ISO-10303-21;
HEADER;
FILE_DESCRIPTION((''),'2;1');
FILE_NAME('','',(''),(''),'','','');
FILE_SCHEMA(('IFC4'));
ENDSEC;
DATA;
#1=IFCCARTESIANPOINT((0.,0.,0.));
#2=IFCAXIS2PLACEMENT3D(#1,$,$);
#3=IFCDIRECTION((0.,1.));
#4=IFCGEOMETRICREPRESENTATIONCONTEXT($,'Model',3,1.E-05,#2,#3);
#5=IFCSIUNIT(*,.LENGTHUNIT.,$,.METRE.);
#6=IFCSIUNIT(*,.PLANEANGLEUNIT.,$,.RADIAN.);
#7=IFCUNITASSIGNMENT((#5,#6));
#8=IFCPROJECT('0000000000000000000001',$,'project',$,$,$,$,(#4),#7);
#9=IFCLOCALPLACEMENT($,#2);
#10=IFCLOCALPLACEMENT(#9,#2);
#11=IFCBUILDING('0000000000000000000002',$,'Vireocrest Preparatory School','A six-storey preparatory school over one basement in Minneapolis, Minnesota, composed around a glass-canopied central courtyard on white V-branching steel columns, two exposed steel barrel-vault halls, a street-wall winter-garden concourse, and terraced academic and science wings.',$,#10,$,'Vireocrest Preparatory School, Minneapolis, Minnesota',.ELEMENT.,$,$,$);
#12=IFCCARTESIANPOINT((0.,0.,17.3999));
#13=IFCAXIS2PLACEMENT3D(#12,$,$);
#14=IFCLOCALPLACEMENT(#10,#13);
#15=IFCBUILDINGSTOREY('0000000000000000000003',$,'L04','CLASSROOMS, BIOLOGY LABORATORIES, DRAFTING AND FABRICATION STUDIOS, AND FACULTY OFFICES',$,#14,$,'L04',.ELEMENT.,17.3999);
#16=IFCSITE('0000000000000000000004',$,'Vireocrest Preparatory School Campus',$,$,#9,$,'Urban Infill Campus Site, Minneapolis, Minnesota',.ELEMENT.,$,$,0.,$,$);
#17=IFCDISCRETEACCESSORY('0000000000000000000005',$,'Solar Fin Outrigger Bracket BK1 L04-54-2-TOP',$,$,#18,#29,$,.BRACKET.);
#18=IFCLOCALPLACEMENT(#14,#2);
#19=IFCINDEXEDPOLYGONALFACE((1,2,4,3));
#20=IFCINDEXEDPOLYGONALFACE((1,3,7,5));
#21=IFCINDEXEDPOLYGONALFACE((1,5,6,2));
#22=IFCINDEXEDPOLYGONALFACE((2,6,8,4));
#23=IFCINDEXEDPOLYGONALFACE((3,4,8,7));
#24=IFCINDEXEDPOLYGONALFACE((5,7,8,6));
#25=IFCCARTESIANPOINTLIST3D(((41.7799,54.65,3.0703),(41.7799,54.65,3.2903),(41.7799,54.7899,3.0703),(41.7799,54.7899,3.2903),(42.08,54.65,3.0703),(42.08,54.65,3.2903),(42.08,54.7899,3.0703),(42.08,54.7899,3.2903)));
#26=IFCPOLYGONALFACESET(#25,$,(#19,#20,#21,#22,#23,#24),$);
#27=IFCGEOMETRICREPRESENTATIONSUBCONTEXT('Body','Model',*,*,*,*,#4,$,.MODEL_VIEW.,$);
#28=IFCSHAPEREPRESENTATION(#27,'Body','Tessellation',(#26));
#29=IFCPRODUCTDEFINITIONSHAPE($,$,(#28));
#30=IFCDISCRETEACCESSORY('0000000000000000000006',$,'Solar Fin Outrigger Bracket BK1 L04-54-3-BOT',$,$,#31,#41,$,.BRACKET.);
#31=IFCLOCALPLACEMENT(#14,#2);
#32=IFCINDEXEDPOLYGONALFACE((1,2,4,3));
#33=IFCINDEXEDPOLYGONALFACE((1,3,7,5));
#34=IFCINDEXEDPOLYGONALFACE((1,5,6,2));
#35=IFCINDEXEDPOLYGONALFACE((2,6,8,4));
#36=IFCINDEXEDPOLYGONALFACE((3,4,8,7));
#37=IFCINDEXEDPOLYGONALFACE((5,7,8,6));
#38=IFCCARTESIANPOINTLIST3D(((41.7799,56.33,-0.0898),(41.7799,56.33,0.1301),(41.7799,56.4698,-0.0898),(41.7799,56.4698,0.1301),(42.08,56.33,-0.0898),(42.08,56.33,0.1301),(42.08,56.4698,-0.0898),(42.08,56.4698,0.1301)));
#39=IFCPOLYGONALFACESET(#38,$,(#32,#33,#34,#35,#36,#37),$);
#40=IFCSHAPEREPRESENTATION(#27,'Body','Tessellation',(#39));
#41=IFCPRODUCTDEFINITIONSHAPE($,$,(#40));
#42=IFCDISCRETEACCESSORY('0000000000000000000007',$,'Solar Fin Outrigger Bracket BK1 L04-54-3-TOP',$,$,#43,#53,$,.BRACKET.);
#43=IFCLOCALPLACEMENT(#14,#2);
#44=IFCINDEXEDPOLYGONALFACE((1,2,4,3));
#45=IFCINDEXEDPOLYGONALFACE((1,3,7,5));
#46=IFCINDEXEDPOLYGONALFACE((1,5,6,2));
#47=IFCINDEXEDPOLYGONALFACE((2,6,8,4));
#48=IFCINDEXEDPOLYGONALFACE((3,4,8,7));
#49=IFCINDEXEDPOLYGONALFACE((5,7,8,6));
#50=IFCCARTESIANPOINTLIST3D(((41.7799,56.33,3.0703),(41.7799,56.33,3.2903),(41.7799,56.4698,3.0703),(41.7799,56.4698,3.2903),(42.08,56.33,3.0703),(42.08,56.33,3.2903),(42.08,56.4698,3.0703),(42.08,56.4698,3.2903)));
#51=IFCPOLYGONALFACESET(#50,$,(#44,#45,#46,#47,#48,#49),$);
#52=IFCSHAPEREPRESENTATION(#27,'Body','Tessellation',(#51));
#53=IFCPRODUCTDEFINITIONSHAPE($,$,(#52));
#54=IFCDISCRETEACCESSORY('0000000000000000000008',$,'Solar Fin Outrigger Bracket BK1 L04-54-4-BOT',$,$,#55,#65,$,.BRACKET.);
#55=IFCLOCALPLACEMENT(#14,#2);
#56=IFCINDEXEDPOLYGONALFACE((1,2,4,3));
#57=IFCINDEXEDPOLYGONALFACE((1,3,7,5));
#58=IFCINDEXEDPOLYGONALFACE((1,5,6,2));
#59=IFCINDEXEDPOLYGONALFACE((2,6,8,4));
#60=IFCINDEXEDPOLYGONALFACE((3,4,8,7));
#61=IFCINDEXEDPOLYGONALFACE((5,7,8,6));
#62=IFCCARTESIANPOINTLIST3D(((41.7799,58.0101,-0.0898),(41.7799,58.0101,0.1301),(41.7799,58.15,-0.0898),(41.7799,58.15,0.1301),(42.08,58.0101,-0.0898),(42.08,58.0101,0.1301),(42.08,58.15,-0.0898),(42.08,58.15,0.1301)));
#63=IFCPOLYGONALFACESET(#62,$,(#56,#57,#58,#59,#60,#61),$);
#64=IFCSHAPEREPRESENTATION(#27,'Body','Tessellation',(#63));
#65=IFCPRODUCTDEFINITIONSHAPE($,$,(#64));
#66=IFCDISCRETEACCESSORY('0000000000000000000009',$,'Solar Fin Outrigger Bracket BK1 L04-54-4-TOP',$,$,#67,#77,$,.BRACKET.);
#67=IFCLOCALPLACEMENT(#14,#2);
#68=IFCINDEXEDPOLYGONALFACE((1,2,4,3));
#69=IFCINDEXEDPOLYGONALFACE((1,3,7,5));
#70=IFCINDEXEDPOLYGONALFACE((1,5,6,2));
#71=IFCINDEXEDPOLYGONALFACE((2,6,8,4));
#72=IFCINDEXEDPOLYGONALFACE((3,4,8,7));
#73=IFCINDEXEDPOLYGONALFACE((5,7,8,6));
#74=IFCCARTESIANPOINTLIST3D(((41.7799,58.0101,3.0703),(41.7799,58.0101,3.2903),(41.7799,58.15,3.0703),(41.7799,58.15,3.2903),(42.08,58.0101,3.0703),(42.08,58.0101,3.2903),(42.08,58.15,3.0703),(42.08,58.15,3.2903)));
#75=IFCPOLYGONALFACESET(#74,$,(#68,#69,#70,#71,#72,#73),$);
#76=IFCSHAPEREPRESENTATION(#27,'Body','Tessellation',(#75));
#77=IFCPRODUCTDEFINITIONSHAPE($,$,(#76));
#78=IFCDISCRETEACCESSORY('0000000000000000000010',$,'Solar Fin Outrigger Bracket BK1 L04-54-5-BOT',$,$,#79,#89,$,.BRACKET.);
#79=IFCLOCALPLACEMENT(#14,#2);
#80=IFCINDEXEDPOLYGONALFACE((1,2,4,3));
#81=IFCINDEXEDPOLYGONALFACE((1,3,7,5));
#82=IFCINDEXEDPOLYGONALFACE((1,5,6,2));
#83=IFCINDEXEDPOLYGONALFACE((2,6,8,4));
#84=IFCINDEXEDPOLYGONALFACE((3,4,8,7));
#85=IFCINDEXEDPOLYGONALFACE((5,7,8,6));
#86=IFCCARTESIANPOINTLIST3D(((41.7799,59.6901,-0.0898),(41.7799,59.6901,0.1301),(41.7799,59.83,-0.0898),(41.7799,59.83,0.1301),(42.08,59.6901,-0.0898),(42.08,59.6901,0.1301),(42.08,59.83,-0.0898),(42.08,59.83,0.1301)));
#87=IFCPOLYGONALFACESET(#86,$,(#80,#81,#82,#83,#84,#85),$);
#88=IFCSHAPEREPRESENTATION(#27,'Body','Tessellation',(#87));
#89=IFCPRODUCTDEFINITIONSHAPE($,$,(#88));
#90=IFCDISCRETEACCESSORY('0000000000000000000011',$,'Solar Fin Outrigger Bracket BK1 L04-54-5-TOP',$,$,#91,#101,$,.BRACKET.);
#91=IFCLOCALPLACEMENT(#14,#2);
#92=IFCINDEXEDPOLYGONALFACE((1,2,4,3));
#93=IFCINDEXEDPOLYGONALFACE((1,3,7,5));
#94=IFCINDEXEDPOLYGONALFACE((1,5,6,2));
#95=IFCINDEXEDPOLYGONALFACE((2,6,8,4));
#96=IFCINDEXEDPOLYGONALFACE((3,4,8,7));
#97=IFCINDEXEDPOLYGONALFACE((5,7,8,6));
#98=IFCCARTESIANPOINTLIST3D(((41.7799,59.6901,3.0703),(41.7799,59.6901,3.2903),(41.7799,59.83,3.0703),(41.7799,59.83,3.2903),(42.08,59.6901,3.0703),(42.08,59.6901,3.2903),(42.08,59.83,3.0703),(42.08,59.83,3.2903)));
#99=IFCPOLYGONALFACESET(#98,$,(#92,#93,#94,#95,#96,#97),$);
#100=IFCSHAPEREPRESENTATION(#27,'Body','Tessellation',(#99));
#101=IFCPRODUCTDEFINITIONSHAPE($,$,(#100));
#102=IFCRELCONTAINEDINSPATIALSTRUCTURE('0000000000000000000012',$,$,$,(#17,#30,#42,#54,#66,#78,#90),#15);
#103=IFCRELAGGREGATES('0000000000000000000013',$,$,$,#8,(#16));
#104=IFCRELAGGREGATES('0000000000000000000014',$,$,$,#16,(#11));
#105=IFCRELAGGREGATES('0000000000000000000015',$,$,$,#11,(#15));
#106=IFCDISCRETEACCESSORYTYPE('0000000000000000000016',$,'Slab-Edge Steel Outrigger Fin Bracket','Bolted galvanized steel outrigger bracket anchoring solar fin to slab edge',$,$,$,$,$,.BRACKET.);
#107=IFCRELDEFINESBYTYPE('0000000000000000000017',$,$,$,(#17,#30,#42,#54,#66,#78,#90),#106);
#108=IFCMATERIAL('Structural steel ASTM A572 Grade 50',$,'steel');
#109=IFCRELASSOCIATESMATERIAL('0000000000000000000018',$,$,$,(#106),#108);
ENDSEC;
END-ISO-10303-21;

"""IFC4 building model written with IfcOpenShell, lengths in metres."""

from ifc_helpers import new_model, si_unit, direction, frame, origin, origin_2d, place, context, subcontext, project, spatial, rectangle, extrude, material, type_object, element, save


model = new_model("IFC4")

# Units and contexts
model_context = context("Model", 3, precision=1e-05, world=origin(), true_north=direction((0.0, 1.0)))
body_context = subcontext(model_context, "Body", "Model", "MODEL_VIEW")
ifc_project = project(units=[si_unit("LENGTHUNIT", "METRE"), si_unit("PLANEANGLEUNIT", "RADIAN")], contexts=[model_context])

# Site, building, storey
site_placement = place(None, origin())
site = spatial("IfcSite", under=ifc_project, at=site_placement, Name="Vireocrest Preparatory School Campus", LongName="Urban Infill Campus Site, Minneapolis, Minnesota", CompositionType="ELEMENT", RefElevation=0.0)
building_placement = place(site_placement, origin())
building = spatial("IfcBuilding", under=site, at=building_placement, Name="Vireocrest Preparatory School", Description="A six-storey preparatory school over one basement in Minneapolis, Minnesota, composed around a glass-canopied central courtyard on white V-branching steel columns, two exposed steel barrel-vault halls, a street-wall winter-garden concourse, and terraced academic and science wings.", LongName="Vireocrest Preparatory School, Minneapolis, Minnesota", CompositionType="ELEMENT")
storey_placement = place(building_placement, frame((0.0, 0.0, 17.3999)))
storey = spatial("IfcBuildingStorey", under=building, at=storey_placement, Name="L04", Description="CLASSROOMS, BIOLOGY LABORATORIES, DRAFTING AND FABRICATION STUDIOS, AND FACULTY OFFICES", LongName="L04", CompositionType="ELEMENT", Elevation=17.3999)

# Discrete accessories
ifc_material_1 = material(Name="Structural steel ASTM A572 Grade 50", Category="steel")
discrete_accessory_type = type_object("IfcDiscreteAccessoryType", Name="Slab-Edge Steel Outrigger Fin Bracket", Description="Bolted galvanized steel outrigger bracket anchoring solar fin to slab edge", PredefinedType="BRACKET", material=ifc_material_1)
for number, where, z_axis, x_axis, name in (
    (1, (41.9299, 54.72, 3.0703), (0.0, 0.0, 1.0), (0.0, 1.0, 0.0), "Solar Fin Outrigger Bracket BK1 L04-54-2-TOP"),
    (2, (41.9299, 56.3999, -0.0898), (0.0, 0.0, 1.0), (0.0, 1.0, 0.0), "Solar Fin Outrigger Bracket BK1 L04-54-3-BOT"),
    (3, (41.9299, 56.3999, 3.0703), (0.0, 0.0, 1.0), (0.0, 1.0, 0.0), "Solar Fin Outrigger Bracket BK1 L04-54-3-TOP"),
    (4, (41.9299, 58.0801, -0.0898), (0.0, 0.0, 1.0), (0.0, 1.0, 0.0), "Solar Fin Outrigger Bracket BK1 L04-54-4-BOT"),
    (5, (41.9299, 58.0801, 3.0703), (0.0, 0.0, 1.0), (0.0, 1.0, 0.0), "Solar Fin Outrigger Bracket BK1 L04-54-4-TOP"),
    (6, (41.9299, 59.76, -0.0898), (0.0, 0.0, 1.0), (0.0, 1.0, 0.0), "Solar Fin Outrigger Bracket BK1 L04-54-5-BOT"),
    (7, (41.9299, 59.76, 3.0703), (0.0, 0.0, 1.0), (0.0, 1.0, 0.0), "Solar Fin Outrigger Bracket BK1 L04-54-5-TOP"),
):
    element("IfcDiscreteAccessory", number, at=place(storey_placement, frame(where, z_axis=z_axis, x_axis=x_axis)), inside=storey, type_object=discrete_accessory_type, Name=name, PredefinedType="BRACKET", context=body_context, shape_type="SweptSolid", body=[
        extrude(rectangle(XDim=0.1399, YDim=0.3, at=origin_2d()), origin(), (0.0, 0.0, 1.0), 0.22),
    ])

save(model, "model.ifc")
